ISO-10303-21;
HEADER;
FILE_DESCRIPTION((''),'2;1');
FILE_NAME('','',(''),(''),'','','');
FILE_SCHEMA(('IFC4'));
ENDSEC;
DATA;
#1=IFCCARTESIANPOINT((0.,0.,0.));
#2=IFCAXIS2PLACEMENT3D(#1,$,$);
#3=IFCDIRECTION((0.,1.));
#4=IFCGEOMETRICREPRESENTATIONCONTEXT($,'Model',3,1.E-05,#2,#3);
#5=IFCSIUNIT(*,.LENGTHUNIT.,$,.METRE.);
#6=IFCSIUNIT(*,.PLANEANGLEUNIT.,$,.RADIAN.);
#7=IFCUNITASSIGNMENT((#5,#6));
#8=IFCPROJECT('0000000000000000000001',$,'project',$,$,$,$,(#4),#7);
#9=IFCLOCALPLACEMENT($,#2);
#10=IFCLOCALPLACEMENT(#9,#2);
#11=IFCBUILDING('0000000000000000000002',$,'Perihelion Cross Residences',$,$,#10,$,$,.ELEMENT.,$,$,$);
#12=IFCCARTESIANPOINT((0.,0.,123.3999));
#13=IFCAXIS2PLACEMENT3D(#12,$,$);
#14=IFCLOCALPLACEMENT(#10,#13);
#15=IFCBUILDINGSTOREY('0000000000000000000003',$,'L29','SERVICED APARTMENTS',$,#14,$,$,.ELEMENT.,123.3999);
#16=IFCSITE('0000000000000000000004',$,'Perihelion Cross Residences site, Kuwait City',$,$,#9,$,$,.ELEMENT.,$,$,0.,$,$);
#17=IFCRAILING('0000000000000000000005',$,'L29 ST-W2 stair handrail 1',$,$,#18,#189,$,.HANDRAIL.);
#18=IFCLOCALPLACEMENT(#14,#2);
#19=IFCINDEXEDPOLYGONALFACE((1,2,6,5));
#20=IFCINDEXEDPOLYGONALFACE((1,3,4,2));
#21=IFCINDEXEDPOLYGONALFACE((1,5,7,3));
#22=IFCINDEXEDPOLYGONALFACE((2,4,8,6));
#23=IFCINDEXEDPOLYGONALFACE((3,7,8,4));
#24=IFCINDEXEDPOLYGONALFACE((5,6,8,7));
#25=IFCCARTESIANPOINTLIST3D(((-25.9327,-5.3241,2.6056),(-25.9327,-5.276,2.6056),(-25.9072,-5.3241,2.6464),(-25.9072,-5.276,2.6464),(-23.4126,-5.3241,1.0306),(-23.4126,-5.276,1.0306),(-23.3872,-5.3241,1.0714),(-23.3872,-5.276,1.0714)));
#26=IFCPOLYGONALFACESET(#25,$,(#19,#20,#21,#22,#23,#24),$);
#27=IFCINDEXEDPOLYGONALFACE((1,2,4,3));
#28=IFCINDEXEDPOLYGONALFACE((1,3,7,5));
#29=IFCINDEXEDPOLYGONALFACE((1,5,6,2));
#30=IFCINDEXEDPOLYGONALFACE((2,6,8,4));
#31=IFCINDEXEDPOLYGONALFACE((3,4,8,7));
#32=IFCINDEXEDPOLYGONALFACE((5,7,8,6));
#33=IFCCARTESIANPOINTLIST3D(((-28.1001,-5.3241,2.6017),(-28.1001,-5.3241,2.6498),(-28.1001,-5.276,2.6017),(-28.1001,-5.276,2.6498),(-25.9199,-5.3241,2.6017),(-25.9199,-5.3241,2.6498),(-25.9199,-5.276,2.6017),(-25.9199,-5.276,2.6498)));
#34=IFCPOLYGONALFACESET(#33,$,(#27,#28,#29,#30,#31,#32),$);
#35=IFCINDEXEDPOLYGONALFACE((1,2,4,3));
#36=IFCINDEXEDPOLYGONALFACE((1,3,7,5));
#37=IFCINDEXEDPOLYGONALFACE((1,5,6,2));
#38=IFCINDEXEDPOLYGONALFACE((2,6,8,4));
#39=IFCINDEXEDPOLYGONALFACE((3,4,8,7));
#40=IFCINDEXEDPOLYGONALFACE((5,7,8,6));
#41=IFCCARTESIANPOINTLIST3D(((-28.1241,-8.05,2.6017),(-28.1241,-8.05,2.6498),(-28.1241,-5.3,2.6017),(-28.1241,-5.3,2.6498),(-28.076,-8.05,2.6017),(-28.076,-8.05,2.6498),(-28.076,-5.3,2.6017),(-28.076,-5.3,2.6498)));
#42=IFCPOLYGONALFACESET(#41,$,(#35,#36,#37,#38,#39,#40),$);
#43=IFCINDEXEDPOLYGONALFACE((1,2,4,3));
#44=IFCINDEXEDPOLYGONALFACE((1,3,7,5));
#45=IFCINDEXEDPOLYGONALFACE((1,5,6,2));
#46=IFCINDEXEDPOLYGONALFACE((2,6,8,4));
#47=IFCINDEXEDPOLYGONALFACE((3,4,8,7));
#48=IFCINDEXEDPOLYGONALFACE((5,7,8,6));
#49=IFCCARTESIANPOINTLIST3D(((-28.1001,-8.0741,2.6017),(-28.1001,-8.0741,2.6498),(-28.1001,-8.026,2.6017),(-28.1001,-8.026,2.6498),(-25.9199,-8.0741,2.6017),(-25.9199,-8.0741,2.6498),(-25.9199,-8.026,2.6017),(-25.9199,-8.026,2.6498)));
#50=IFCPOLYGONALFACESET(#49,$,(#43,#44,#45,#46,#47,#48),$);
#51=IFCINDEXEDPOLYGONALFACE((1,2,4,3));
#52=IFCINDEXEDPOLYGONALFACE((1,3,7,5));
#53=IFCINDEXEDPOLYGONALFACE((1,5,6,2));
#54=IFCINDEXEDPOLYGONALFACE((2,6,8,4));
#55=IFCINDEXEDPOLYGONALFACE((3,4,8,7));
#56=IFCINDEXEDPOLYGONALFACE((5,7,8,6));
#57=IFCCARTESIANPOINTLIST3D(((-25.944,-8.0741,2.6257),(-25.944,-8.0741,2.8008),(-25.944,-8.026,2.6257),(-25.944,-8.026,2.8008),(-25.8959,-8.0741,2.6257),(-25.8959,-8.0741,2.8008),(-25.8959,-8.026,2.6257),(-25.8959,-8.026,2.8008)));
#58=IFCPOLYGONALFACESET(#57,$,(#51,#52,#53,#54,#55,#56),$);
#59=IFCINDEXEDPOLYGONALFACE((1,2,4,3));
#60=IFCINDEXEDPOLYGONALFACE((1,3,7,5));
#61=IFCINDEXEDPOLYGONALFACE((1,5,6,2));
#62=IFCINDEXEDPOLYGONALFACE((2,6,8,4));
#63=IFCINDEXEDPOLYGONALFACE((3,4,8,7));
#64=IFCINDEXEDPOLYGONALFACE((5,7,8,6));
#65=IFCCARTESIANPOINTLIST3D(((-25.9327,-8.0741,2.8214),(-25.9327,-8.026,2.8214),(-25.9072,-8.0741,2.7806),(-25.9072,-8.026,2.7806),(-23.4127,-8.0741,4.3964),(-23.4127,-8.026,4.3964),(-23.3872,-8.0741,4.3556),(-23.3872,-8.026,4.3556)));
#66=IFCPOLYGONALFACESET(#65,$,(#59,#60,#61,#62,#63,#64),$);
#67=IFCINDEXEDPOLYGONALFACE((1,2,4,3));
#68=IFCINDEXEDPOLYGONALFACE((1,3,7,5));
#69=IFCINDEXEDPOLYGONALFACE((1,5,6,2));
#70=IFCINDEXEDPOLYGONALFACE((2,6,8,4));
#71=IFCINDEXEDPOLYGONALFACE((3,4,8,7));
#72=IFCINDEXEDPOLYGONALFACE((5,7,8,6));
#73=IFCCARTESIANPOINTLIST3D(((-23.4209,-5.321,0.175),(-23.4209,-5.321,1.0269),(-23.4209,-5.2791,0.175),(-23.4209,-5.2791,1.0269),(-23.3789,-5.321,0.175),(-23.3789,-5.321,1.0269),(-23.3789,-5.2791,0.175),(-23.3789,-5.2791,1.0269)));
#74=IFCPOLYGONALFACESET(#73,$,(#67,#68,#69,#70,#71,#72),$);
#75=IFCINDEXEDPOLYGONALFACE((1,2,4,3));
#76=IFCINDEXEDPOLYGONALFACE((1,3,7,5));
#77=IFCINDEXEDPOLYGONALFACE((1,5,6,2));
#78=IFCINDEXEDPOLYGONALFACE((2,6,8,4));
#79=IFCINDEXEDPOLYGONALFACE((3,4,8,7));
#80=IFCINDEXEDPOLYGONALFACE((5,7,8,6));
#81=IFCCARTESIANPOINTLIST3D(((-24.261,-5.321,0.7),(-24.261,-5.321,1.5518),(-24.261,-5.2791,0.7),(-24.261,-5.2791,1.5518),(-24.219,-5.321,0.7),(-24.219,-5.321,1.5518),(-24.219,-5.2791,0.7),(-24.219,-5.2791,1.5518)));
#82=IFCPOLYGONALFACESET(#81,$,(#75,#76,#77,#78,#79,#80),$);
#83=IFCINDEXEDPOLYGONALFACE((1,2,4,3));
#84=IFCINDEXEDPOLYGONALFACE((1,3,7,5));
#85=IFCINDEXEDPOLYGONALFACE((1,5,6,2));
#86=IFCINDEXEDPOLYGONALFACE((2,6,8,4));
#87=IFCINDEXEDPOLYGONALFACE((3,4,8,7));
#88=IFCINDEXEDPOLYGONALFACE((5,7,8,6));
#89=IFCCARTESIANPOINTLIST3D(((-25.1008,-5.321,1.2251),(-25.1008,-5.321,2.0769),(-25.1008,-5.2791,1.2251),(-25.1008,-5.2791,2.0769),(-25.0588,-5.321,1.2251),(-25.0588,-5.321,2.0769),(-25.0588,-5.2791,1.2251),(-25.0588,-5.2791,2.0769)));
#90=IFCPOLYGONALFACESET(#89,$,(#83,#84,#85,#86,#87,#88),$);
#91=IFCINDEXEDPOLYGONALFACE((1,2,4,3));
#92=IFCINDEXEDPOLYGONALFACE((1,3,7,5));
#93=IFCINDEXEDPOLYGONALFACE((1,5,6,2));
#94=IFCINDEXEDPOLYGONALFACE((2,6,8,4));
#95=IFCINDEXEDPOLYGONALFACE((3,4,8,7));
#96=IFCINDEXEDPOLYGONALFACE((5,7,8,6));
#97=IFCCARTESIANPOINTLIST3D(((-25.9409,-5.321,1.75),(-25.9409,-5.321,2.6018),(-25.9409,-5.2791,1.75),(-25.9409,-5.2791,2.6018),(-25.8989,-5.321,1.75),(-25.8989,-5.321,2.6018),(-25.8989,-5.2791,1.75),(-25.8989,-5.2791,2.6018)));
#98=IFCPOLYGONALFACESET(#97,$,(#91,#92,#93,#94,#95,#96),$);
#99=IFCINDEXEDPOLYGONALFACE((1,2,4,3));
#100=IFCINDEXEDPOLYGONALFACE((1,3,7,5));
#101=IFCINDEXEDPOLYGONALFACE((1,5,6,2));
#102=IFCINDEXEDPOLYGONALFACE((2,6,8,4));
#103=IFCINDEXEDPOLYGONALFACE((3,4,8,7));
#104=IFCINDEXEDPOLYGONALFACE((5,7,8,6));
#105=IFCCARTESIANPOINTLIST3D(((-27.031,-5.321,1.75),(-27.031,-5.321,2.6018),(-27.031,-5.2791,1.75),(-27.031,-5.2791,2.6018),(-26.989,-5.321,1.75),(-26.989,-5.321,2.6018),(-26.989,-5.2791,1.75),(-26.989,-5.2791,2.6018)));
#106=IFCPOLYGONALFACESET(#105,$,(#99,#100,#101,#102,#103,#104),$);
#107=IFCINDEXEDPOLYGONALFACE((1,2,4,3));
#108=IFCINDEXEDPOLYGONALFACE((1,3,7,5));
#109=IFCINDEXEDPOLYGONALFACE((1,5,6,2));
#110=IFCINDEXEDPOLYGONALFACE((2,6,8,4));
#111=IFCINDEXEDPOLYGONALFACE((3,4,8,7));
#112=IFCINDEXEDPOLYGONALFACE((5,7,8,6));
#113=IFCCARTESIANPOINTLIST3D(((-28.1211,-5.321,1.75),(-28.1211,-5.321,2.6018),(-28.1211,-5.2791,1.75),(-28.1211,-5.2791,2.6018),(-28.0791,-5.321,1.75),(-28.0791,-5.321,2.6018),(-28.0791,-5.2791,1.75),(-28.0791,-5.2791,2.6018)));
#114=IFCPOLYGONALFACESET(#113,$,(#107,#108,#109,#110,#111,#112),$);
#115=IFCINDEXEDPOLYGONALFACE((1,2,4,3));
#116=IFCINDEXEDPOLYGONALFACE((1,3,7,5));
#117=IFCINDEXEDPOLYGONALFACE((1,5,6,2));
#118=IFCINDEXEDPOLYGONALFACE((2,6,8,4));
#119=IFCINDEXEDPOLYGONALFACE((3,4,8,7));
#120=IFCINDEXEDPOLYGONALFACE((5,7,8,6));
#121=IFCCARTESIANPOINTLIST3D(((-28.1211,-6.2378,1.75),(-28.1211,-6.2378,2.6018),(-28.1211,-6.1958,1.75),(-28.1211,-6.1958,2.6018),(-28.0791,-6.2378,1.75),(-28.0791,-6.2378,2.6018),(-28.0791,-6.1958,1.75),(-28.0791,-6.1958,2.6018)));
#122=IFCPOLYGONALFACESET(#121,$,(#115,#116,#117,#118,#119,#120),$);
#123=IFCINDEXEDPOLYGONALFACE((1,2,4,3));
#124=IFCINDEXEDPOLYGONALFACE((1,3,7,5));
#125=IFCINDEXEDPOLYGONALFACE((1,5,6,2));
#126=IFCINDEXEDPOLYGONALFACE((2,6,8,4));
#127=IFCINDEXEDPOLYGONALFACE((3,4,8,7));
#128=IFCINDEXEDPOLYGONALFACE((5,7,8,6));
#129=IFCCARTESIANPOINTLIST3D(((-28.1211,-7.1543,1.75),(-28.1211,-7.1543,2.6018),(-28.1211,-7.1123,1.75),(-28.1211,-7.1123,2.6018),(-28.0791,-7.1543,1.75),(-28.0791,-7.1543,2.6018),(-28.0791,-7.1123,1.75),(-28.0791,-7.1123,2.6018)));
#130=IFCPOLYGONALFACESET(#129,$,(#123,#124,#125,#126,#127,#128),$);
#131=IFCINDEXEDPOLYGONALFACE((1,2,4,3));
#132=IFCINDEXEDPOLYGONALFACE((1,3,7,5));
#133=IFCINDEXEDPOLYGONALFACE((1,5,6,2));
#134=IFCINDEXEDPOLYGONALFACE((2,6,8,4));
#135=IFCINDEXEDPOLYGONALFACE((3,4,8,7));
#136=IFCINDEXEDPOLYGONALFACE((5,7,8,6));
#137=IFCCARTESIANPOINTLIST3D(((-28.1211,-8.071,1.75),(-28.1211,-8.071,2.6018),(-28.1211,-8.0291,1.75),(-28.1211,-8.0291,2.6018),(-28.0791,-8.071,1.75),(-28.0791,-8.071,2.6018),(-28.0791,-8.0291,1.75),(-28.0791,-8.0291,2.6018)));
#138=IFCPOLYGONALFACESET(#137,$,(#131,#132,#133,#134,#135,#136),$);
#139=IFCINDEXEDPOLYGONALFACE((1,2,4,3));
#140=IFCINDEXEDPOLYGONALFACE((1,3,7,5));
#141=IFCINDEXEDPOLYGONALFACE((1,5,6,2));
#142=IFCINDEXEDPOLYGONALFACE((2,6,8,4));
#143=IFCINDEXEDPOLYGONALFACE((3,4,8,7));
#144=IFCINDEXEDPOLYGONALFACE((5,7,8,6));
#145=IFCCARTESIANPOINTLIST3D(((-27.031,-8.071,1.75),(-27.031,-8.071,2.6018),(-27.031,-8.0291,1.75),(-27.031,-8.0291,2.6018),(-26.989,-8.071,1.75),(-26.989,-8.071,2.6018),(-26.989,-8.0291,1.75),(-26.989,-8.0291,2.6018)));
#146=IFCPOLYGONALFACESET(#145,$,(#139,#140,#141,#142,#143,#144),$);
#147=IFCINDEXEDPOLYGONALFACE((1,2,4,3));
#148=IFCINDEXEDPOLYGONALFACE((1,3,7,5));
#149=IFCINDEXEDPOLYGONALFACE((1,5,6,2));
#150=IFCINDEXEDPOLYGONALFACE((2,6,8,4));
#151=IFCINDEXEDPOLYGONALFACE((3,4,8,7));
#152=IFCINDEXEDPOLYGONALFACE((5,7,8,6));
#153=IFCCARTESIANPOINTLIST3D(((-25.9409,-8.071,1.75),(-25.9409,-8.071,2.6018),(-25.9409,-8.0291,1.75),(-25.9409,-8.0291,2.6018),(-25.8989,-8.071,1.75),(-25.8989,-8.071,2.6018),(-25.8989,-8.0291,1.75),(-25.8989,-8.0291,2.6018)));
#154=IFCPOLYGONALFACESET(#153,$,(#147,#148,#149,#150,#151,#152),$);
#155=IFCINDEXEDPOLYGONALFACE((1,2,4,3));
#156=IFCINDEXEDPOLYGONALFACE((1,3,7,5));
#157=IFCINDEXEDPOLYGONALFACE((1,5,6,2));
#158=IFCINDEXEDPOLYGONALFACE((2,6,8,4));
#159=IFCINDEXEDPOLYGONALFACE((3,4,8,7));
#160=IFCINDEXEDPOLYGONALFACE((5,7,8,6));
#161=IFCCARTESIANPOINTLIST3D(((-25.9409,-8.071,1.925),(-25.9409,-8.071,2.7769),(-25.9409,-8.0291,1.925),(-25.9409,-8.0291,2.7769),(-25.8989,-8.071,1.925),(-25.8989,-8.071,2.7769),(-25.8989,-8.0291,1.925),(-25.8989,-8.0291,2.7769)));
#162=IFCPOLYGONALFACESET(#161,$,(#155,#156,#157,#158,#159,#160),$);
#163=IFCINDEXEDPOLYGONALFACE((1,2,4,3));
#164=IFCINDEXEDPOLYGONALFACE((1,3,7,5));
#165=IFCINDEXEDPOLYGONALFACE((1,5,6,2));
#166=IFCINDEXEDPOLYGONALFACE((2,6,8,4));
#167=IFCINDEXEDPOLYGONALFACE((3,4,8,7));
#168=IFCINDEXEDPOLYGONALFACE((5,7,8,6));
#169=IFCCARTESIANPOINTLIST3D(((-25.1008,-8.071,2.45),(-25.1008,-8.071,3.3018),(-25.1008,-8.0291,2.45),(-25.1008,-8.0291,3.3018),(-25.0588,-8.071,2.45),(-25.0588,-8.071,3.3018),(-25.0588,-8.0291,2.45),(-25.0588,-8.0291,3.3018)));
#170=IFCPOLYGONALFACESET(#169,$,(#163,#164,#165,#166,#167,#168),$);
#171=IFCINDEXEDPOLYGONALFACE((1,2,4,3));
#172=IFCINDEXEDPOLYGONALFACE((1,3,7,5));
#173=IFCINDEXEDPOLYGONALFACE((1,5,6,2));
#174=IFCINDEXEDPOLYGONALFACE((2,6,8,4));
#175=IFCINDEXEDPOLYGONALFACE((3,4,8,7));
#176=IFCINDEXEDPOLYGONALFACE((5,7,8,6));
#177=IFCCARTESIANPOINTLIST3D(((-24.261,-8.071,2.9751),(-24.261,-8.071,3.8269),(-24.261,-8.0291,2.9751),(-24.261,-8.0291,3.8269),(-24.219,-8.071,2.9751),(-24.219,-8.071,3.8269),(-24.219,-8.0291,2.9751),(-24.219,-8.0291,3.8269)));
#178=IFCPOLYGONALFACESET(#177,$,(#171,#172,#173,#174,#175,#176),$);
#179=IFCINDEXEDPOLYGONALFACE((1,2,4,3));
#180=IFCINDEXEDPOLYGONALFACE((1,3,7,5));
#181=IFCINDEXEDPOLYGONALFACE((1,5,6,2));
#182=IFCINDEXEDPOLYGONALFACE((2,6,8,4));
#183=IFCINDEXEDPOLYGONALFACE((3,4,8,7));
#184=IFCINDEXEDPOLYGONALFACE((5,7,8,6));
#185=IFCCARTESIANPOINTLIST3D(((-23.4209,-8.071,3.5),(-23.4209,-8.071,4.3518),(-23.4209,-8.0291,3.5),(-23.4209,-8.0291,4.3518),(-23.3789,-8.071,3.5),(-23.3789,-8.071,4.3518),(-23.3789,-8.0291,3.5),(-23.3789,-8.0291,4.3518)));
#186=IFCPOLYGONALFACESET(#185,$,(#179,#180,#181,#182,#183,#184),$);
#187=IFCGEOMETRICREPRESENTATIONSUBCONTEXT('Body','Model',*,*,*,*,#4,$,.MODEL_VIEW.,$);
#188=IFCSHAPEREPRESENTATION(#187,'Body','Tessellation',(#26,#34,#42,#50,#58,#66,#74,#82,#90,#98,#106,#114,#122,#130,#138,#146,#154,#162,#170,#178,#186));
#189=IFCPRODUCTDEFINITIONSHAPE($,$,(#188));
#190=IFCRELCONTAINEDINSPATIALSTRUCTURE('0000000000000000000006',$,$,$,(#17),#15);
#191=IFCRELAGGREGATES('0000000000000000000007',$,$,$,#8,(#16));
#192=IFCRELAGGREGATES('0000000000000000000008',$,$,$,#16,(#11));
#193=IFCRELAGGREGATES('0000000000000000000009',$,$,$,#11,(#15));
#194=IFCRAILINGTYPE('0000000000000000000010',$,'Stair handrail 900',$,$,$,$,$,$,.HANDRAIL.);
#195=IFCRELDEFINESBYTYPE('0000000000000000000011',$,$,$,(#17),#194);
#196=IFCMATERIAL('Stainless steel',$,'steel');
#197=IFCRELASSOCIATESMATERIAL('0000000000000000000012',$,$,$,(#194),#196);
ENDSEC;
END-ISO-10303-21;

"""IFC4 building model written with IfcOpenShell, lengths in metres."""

from ifc_helpers import new_model, si_unit, direction, frame, origin, origin_2d, place, context, subcontext, project, spatial, rectangle, extrude, material, type_object, element, save


model = new_model("IFC4")

# Units and contexts
model_context = context("Model", 3, precision=1e-05, world=origin(), true_north=direction((0.0, 1.0)))
body_context = subcontext(model_context, "Body", "Model", "MODEL_VIEW")
ifc_project = project(units=[si_unit("LENGTHUNIT", "METRE"), si_unit("PLANEANGLEUNIT", "RADIAN")], contexts=[model_context])

# Site, building, storey
site_placement = place(None, origin())
site = spatial("IfcSite", under=ifc_project, at=site_placement, Name="Perihelion Cross Residences site, Kuwait City", CompositionType="ELEMENT", RefElevation=0.0)
building_placement = place(site_placement, origin())
building = spatial("IfcBuilding", under=site, at=building_placement, Name="Perihelion Cross Residences", CompositionType="ELEMENT")
storey_placement = place(building_placement, frame((0.0, 0.0, 123.3999)))
storey = spatial("IfcBuildingStorey", under=building, at=storey_placement, Name="L29", Description="SERVICED APARTMENTS", CompositionType="ELEMENT", Elevation=123.3999)

# Railing
ifc_material_1 = material(Name="Stainless steel", Category="steel")
railing_type_1 = type_object("IfcRailingType", Name="Stair handrail 900", PredefinedType="HANDRAIL", material=ifc_material_1)
railing_1_placement = place(storey_placement, frame((-23.3999, -5.3, 0.175)))
element("IfcRailing", 1, at=railing_1_placement, inside=storey, type_object=railing_type_1, Name="L29 ST-W2 stair handrail 1", PredefinedType="HANDRAIL", context=body_context, shape_type="SweptSolid", body=[
    extrude(rectangle(XDim=0.0481, YDim=0.0481, at=origin_2d()), frame((0.0, 0.0, 0.876), z_axis=(-0.848008, 0.0, 0.529984), x_axis=(0.0, -1.0, 0.0)), (0.0, 0.0, 1.0), 2.9717),
    extrude(rectangle(XDim=0.0481, YDim=0.0481, at=origin_2d()), frame((-2.52, 0.0, 2.4507), z_axis=(-1.0, 0.0, 0.0), x_axis=(0.0, -1.0, 0.0)), (0.0, 0.0, 1.0), 2.1802),
    extrude(rectangle(XDim=0.0481, YDim=0.0481, at=origin_2d()), frame((-4.7002, 0.0, 2.4507), z_axis=(0.0, -1.0, 0.0), x_axis=(1.0, 0.0, 0.0)), (0.0, 0.0, 1.0), 2.75),
    extrude(rectangle(XDim=0.0481, YDim=0.0481, at=origin_2d()), frame((-4.7002, -2.75, 2.4507), z_axis=(1.0, 0.0, 0.0), x_axis=(0.0, 1.0, 0.0)), (0.0, 0.0, 1.0), 2.1802),
    extrude(rectangle(XDim=0.0481, YDim=0.0481, at=origin_2d()), frame((-2.52, -2.75, 2.4507), z_axis=(0.0, 0.0, 1.0), x_axis=(1.0, 0.0, 0.0)), (0.0, 0.0, 1.0), 0.175),
    extrude(rectangle(XDim=0.0481, YDim=0.0481, at=origin_2d()), frame((-2.52, -2.75, 2.626), z_axis=(0.848008, 0.0, 0.529984), x_axis=(0.0, 1.0, 0.0)), (0.0, 0.0, 1.0), 2.9717),
    extrude(rectangle(XDim=0.042, YDim=0.042, at=origin_2d()), origin(), (0.0, 0.0, 1.0), 0.8518),
    extrude(rectangle(XDim=0.042, YDim=0.042, at=origin_2d()), frame((-0.8401, 0.0, 0.5249)), (0.0, 0.0, 1.0), 0.8518),
    extrude(rectangle(XDim=0.042, YDim=0.042, at=origin_2d()), frame((-1.6799, 0.0, 1.05)), (0.0, 0.0, 1.0), 0.8518),
    extrude(rectangle(XDim=0.042, YDim=0.042, at=origin_2d()), frame((-2.52, 0.0, 1.575)), (0.0, 0.0, 1.0), 0.8518),
    extrude(rectangle(XDim=0.042, YDim=0.042, at=origin_2d()), frame((-3.6101, 0.0, 1.575)), (0.0, 0.0, 1.0), 0.8518),
    extrude(rectangle(XDim=0.042, YDim=0.042, at=origin_2d()), frame((-4.7002, 0.0, 1.575)), (0.0, 0.0, 1.0), 0.8518),
    extrude(rectangle(XDim=0.042, YDim=0.042, at=origin_2d()), frame((-4.7002, -0.9167, 1.575)), (0.0, 0.0, 1.0), 0.8518),
    extrude(rectangle(XDim=0.042, YDim=0.042, at=origin_2d()), frame((-4.7002, -1.8333, 1.575)), (0.0, 0.0, 1.0), 0.8518),
    extrude(rectangle(XDim=0.042, YDim=0.042, at=origin_2d()), frame((-4.7002, -2.75, 1.575)), (0.0, 0.0, 1.0), 0.8518),
    extrude(rectangle(XDim=0.042, YDim=0.042, at=origin_2d()), frame((-3.6101, -2.75, 1.575)), (0.0, 0.0, 1.0), 0.8518),
    extrude(rectangle(XDim=0.042, YDim=0.042, at=origin_2d()), frame((-2.52, -2.75, 1.575)), (0.0, 0.0, 1.0), 0.8518),
    extrude(rectangle(XDim=0.042, YDim=0.042, at=origin_2d()), frame((-2.52, -2.75, 1.75)), (0.0, 0.0, 1.0), 0.8518),
    extrude(rectangle(XDim=0.042, YDim=0.042, at=origin_2d()), frame((-1.6799, -2.75, 2.2749)), (0.0, 0.0, 1.0), 0.8518),
    extrude(rectangle(XDim=0.042, YDim=0.042, at=origin_2d()), frame((-0.8401, -2.75, 2.8)), (0.0, 0.0, 1.0), 0.8518),
    extrude(rectangle(XDim=0.042, YDim=0.042, at=origin_2d()), frame((0.0, -2.75, 3.325)), (0.0, 0.0, 1.0), 0.8518),
])

save(model, "model.ifc")
